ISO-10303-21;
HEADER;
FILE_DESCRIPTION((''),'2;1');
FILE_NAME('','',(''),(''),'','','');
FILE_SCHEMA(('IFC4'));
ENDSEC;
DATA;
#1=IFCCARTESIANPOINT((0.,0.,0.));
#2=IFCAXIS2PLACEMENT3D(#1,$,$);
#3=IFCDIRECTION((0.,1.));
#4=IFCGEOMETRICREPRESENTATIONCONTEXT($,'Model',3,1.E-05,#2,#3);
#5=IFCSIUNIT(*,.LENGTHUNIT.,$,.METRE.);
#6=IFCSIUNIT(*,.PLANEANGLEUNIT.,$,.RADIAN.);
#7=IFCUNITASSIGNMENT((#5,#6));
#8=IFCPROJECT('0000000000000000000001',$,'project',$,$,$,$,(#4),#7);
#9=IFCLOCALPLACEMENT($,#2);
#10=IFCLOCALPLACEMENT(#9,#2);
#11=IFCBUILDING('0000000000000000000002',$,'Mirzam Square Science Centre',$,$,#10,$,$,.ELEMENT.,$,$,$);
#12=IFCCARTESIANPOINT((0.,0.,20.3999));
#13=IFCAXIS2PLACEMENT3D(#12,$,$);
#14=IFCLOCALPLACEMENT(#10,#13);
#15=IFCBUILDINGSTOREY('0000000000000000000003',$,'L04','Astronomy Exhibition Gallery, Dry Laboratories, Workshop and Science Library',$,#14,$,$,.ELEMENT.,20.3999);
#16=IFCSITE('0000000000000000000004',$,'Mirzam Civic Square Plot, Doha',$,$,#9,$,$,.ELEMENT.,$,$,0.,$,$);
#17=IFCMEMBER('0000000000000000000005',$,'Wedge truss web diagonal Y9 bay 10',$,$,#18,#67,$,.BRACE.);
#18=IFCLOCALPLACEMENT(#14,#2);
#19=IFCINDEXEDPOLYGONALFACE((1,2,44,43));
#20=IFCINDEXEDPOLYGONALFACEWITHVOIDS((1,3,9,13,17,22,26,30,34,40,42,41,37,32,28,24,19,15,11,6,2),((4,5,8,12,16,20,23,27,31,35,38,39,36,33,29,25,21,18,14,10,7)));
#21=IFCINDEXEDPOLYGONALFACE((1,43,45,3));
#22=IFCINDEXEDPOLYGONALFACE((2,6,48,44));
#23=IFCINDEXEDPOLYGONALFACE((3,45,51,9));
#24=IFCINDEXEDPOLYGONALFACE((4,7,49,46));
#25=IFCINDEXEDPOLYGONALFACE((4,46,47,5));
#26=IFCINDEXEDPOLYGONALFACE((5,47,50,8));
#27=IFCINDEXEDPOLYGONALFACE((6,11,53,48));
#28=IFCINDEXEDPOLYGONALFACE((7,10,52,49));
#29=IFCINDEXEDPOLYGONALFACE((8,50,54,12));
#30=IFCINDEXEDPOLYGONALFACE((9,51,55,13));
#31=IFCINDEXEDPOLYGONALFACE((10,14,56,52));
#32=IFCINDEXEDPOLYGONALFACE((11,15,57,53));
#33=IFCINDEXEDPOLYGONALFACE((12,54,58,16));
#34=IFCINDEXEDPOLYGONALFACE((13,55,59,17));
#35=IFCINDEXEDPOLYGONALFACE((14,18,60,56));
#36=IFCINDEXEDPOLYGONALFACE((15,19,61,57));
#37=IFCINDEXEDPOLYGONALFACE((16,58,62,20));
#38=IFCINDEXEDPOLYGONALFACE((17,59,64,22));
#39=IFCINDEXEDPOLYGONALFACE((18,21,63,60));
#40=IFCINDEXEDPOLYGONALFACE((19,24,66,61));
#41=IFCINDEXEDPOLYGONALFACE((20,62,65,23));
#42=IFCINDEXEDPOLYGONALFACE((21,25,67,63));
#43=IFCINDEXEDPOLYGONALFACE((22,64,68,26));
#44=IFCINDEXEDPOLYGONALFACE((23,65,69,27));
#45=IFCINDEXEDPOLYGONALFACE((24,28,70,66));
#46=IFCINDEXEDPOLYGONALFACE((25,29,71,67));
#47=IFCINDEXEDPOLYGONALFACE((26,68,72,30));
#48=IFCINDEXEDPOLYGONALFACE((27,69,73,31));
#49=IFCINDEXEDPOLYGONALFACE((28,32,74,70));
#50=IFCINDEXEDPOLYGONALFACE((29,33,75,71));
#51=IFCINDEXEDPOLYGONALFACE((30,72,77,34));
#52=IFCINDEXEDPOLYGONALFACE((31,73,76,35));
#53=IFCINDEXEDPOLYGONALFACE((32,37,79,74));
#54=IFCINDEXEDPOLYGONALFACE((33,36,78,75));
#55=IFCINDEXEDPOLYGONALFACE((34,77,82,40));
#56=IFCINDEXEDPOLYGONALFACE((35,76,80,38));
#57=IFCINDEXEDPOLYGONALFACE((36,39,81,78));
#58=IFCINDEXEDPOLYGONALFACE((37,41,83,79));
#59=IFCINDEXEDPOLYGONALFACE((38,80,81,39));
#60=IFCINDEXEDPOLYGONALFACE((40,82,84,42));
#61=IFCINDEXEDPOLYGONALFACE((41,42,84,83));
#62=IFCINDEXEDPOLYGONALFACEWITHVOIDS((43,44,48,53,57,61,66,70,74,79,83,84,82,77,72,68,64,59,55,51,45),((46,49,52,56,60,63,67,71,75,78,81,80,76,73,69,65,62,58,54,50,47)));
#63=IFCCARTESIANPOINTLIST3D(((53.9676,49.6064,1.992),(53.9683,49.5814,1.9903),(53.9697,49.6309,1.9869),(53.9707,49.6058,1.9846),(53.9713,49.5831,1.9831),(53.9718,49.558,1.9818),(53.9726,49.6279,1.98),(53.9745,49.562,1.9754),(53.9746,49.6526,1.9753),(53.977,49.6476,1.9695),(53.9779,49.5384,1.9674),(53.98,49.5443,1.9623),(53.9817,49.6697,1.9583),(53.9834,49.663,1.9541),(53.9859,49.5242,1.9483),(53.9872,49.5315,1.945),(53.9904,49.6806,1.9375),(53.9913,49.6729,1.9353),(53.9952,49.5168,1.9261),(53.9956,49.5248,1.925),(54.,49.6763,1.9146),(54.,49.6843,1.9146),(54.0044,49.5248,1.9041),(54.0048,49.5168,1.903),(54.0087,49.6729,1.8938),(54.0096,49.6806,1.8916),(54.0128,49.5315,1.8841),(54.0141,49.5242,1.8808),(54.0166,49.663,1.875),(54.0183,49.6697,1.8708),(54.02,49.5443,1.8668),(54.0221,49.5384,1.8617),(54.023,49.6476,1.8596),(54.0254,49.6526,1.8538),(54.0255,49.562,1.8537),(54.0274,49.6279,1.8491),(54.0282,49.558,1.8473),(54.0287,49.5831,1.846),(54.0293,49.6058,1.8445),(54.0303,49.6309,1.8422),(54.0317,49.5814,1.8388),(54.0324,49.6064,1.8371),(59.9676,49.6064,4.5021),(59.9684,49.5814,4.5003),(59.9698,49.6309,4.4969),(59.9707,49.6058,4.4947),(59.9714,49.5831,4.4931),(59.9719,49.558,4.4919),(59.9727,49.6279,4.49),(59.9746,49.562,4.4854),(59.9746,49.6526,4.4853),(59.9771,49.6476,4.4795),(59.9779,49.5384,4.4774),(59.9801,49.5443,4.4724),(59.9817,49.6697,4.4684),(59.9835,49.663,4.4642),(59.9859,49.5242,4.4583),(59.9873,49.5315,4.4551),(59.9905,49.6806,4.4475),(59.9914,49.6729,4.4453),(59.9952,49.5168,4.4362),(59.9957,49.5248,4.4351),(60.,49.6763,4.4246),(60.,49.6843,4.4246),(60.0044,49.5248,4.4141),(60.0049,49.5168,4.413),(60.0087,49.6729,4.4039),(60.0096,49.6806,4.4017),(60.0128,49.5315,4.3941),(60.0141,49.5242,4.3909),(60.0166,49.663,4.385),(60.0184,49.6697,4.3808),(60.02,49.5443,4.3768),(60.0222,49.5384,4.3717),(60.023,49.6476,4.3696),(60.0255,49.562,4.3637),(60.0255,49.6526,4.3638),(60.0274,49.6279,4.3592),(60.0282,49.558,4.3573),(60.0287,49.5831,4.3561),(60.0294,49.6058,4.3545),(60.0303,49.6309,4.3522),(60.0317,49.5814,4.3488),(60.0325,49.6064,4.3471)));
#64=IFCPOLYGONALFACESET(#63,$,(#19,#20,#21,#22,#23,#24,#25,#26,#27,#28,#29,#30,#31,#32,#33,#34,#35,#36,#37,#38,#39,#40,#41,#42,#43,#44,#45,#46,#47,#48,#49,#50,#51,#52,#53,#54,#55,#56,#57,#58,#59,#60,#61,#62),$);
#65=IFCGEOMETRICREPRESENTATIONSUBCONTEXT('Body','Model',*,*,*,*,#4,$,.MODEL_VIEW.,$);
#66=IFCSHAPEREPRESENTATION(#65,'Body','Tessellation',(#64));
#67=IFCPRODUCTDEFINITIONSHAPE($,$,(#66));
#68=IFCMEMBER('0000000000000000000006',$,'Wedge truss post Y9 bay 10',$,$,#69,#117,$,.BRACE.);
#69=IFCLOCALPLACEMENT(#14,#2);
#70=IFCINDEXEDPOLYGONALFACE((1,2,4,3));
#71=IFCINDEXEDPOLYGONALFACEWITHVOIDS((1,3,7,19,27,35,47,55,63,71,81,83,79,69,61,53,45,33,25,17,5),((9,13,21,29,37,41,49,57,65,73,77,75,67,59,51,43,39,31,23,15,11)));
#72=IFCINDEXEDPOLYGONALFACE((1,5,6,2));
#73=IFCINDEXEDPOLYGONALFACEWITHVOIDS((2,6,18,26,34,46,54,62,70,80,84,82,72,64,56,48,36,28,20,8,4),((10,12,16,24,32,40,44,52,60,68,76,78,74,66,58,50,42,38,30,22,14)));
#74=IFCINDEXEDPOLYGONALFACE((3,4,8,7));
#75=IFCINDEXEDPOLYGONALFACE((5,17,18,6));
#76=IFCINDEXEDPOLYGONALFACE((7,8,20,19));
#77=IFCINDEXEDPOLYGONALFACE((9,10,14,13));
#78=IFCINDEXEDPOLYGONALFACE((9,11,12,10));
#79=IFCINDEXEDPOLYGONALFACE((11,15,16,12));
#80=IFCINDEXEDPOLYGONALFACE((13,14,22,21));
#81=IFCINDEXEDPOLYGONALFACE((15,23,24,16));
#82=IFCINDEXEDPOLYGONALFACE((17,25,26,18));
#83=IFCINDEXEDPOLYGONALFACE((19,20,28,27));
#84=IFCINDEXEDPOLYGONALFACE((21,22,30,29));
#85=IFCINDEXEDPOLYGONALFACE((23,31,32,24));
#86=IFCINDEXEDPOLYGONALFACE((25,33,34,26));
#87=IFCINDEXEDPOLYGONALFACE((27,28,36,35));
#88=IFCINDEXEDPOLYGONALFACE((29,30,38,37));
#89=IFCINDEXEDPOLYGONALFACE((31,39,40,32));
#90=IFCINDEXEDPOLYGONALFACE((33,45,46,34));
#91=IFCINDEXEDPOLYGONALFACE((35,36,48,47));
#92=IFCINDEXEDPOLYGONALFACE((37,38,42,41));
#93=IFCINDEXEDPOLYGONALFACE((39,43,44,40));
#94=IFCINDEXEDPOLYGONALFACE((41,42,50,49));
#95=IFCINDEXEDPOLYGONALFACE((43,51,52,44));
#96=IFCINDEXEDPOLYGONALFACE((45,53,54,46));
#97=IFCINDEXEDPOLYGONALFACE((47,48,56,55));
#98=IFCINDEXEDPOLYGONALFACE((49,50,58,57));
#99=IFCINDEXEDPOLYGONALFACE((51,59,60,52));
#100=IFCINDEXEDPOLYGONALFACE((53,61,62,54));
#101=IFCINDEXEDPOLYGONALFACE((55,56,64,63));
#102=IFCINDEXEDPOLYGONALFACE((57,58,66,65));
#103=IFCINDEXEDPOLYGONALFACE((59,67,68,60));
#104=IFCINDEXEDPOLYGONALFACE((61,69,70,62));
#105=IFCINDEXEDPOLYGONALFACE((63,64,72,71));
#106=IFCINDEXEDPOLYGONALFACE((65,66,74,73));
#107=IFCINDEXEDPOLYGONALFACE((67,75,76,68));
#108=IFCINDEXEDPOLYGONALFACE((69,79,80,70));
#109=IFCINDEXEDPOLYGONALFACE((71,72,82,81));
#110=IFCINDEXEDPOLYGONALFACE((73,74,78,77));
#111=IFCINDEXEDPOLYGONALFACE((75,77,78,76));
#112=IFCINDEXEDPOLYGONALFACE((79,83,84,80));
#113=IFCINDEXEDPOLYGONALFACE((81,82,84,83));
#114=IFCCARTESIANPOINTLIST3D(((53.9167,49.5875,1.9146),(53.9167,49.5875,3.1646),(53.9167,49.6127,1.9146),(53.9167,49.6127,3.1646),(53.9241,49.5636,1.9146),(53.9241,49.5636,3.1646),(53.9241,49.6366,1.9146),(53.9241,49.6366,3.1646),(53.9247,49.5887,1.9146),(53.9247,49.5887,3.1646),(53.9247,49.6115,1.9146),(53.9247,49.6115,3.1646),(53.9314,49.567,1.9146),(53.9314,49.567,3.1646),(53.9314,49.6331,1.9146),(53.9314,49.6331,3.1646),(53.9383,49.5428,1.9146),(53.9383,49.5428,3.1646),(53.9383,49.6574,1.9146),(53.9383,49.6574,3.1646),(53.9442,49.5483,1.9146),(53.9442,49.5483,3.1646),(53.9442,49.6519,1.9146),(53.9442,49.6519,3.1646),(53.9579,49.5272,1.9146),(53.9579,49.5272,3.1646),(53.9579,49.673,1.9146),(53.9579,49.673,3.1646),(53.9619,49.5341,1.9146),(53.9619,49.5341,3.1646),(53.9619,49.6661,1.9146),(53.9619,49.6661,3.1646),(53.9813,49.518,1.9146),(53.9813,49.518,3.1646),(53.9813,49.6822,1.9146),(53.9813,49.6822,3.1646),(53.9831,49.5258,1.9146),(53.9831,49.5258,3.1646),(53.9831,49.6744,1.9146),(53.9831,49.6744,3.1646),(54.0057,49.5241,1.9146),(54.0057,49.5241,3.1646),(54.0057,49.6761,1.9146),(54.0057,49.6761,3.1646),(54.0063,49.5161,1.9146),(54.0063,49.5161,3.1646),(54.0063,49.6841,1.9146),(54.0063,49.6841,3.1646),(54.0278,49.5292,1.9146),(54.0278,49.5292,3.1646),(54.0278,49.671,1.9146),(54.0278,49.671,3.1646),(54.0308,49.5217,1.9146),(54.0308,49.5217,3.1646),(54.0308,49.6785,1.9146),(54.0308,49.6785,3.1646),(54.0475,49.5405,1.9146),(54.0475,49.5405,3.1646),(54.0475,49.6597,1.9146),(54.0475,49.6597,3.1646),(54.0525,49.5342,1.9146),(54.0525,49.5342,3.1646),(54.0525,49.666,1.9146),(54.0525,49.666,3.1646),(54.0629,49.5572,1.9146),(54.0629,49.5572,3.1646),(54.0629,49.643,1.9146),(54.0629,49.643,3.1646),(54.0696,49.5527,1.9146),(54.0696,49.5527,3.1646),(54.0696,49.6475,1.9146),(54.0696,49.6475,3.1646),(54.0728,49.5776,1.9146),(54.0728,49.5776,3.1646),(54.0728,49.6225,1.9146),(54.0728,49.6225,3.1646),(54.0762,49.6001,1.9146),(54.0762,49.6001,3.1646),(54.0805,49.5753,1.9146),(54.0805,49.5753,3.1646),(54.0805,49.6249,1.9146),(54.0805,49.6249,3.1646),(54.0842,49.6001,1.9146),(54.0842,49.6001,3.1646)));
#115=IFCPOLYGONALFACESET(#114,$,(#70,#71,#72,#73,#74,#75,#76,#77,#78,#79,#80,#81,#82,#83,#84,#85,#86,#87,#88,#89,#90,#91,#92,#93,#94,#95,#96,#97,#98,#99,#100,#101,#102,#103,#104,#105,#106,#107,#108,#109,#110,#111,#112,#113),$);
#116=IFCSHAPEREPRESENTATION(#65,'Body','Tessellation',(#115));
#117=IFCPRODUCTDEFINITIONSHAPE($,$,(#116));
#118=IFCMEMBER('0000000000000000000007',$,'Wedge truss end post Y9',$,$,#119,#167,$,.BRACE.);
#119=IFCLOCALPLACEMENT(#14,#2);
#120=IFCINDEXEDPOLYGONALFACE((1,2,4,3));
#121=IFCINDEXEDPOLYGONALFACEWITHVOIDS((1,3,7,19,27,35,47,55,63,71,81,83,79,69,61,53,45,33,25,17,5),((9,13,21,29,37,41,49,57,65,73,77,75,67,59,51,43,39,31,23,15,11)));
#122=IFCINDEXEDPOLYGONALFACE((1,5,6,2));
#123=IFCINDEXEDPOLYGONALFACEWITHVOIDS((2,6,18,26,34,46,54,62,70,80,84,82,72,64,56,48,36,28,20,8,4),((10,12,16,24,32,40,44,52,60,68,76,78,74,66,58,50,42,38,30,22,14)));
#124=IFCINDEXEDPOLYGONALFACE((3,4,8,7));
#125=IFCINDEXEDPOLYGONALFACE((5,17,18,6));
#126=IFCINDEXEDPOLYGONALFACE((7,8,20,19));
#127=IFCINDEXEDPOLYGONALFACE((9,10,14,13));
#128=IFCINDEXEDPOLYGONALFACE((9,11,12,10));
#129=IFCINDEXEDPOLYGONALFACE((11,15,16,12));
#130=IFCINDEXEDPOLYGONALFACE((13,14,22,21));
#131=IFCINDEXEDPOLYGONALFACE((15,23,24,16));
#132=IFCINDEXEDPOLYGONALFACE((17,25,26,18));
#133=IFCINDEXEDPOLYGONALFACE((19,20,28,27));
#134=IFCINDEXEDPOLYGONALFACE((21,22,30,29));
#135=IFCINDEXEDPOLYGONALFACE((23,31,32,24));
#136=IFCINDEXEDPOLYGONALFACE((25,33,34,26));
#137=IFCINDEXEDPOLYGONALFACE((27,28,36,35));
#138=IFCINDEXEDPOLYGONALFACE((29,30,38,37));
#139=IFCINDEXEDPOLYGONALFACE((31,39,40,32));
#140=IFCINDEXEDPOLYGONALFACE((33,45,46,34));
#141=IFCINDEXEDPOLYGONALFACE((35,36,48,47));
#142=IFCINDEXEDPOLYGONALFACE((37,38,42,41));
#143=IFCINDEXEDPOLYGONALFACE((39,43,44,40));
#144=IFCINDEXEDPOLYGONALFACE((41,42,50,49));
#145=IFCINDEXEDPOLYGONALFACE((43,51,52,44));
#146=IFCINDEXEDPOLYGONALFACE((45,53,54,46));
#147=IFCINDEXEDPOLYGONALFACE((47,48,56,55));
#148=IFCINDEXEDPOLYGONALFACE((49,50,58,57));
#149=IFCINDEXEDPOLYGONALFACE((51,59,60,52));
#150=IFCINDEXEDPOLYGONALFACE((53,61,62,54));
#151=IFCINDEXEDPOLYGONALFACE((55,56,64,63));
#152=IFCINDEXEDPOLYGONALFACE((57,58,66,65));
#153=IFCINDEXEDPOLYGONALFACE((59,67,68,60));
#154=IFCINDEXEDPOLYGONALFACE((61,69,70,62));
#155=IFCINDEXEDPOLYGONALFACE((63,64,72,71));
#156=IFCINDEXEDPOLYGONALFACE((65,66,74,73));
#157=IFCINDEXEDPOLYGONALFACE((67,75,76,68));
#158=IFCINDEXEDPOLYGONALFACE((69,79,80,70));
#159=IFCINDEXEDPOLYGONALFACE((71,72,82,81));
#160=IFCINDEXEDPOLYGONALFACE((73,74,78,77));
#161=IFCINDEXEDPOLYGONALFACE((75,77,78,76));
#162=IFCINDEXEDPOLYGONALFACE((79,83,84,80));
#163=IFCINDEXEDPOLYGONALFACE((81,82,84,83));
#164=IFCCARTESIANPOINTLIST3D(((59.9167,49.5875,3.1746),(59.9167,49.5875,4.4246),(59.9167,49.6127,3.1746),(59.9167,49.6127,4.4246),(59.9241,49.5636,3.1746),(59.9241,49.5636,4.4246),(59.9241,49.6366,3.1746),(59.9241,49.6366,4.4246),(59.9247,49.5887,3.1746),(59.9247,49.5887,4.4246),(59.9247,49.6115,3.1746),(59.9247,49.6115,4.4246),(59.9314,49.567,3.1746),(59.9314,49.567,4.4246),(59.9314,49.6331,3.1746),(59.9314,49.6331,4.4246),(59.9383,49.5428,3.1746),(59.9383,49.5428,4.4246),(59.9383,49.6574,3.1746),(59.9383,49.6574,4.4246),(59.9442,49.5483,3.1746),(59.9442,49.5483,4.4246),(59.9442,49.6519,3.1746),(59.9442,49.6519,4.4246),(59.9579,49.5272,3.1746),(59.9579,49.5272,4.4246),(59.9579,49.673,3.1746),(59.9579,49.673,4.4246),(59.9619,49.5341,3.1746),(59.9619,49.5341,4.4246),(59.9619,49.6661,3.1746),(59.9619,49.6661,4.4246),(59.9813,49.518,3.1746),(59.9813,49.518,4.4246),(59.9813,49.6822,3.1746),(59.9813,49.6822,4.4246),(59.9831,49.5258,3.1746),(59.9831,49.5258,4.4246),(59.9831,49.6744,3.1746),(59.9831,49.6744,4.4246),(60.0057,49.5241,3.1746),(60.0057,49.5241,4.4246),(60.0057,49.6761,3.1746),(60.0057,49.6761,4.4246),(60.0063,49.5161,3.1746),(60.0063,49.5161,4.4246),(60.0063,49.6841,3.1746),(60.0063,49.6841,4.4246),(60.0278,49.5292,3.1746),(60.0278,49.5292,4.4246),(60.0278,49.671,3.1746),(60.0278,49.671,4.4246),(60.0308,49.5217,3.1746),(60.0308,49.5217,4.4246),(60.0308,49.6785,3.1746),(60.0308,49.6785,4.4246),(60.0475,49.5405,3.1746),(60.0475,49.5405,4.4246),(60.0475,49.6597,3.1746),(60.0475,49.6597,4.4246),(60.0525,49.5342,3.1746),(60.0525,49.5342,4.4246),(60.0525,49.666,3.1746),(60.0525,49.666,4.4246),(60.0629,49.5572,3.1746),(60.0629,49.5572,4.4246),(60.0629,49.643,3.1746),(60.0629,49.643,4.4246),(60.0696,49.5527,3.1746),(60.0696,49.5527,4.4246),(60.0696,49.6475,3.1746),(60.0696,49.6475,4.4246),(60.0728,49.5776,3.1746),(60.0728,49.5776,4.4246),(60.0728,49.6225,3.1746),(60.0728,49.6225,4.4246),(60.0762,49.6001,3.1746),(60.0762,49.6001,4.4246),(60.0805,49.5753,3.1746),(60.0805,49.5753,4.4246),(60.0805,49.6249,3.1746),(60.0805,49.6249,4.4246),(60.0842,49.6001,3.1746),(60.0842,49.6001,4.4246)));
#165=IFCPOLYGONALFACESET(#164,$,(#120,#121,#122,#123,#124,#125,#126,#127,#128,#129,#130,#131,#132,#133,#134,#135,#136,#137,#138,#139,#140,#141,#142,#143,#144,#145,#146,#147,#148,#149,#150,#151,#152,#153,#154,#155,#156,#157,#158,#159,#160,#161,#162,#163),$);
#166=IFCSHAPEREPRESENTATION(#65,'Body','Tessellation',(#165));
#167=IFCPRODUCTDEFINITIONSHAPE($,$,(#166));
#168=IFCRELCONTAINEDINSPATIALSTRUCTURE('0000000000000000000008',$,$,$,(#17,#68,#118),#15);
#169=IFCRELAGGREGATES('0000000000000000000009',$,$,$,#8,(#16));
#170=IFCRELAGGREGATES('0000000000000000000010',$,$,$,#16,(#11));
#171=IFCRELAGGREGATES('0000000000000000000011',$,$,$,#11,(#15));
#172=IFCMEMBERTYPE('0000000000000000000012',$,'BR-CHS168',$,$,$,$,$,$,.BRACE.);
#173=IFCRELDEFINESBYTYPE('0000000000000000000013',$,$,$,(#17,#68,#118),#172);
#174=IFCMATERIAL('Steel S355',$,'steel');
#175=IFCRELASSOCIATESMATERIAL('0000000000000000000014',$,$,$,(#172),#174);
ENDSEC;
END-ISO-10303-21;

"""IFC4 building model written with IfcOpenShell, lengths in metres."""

from ifc_helpers import new_model, si_unit, direction, frame, origin, origin_2d, place, context, subcontext, project, spatial, hollow_circle, extrude, material, material_profile, profile_set, type_object, element, save


model = new_model("IFC4")

# Units and contexts
model_context = context("Model", 3, precision=1e-05, world=origin(), true_north=direction((0.0, 1.0)))
body_context = subcontext(model_context, "Body", "Model", "MODEL_VIEW")
ifc_project = project(units=[si_unit("LENGTHUNIT", "METRE"), si_unit("PLANEANGLEUNIT", "RADIAN")], contexts=[model_context])

# Site, building, storey
site_placement = place(None, origin())
site = spatial("IfcSite", under=ifc_project, at=site_placement, Name="Mirzam Civic Square Plot, Doha", CompositionType="ELEMENT", RefElevation=0.0)
building_placement = place(site_placement, origin())
building = spatial("IfcBuilding", under=site, at=building_placement, Name="Mirzam Square Science Centre", CompositionType="ELEMENT")
storey_placement = place(building_placement, frame((0.0, 0.0, 20.3999)))
storey = spatial("IfcBuildingStorey", under=building, at=storey_placement, Name="L04", Description="Astronomy Exhibition Gallery, Dry Laboratories, Workshop and Science Library", CompositionType="ELEMENT", Elevation=20.3999)

# Members
ifc_material_1 = material(Name="Steel S355", Category="steel")
ifc_material_profile_1 = material_profile(ifc_material_1, hollow_circle(Radius=0.0842, WallThickness=0.0081, at=origin_2d()), Name="168.3x8.0CHS")
ifc_profile_set_1 = profile_set([ifc_material_profile_1], Name="Steel S355")
member_type_1 = type_object("IfcMemberType", Name="BR-CHS168", PredefinedType="BRACE", material=ifc_profile_set_1)
member_1_placement = place(storey_placement, frame((54.0, 49.6001, 1.9146), z_axis=(0.92253, 0.0, 0.385926), x_axis=(0.0, 1.0, 0.0)))
element("IfcMember", 1, at=member_1_placement, inside=storey, type_object=member_type_1, Name="Wedge truss web diagonal Y9 bay 10", PredefinedType="BRACE", context=body_context, shape_type="SweptSolid", body=[
    extrude(hollow_circle(Radius=0.0842, WallThickness=0.0081, at=origin_2d()), origin(), (0.0, 0.0, 1.0), 6.5039),
])
for number, where, z_axis, x_axis, name in (
    (2, (54.0, 49.6001, 1.9146), (0.0, 0.0, 1.0), (1.0, 0.0, 0.0), "Wedge truss post Y9 bay 10"),
    (3, (60.0, 49.6001, 3.1746), (0.0, 0.0, 1.0), (1.0, 0.0, 0.0), "Wedge truss end post Y9"),
):
    element("IfcMember", number, at=place(storey_placement, frame(where, z_axis=z_axis, x_axis=x_axis)), inside=storey, type_object=member_type_1, Name=name, PredefinedType="BRACE", context=body_context, shape_type="SweptSolid", body=[
        extrude(hollow_circle(Radius=0.0842, WallThickness=0.0081, at=origin_2d()), origin(), (0.0, 0.0, 1.0), 1.25),
    ])

save(model, "model.ifc")
